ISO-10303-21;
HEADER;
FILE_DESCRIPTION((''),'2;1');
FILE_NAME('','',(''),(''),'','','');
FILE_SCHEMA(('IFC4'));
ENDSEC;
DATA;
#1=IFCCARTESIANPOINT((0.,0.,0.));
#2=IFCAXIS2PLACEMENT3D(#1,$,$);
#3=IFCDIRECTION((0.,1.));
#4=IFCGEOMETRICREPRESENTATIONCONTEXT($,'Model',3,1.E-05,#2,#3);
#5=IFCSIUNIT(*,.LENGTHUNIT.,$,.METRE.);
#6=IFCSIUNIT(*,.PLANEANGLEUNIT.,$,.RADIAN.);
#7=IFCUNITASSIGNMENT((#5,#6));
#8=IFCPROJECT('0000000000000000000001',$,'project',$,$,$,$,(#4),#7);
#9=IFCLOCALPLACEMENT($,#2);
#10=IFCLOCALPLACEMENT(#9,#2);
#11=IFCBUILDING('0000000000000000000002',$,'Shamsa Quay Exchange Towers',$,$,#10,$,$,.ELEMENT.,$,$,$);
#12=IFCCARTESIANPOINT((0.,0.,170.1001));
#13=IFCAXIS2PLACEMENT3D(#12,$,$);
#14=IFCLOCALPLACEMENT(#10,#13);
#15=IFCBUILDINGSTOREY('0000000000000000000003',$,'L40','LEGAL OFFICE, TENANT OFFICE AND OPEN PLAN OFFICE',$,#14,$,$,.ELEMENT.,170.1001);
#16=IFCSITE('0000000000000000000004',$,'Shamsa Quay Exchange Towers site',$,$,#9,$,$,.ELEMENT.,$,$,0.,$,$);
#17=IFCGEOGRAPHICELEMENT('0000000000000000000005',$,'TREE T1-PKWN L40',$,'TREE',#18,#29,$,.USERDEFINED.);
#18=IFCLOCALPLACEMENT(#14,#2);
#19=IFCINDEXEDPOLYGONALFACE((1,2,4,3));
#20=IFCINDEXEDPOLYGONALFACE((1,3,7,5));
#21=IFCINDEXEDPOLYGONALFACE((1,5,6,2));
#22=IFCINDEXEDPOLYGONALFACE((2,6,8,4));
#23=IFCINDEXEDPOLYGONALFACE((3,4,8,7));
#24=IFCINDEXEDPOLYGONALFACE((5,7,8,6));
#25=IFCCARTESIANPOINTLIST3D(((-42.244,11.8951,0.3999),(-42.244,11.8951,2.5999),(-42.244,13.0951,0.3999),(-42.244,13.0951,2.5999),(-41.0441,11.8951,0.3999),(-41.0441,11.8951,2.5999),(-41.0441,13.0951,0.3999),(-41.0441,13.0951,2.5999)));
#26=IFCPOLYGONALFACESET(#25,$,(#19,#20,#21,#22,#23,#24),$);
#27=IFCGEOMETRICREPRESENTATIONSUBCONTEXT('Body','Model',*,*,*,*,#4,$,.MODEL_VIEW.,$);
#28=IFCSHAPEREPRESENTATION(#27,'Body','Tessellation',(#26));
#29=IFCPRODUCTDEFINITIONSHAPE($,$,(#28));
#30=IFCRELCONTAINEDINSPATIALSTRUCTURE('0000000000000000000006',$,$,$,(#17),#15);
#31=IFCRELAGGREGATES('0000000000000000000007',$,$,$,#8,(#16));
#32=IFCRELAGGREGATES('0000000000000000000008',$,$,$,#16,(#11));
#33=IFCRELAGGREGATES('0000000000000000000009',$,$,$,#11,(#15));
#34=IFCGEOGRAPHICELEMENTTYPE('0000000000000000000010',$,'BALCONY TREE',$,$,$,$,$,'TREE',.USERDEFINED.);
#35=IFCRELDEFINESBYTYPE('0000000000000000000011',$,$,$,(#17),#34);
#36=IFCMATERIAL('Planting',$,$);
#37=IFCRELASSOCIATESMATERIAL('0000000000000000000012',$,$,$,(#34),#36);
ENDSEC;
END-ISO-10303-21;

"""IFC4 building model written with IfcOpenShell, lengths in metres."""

from ifc_helpers import new_model, si_unit, direction, frame, origin, origin_2d, place, context, subcontext, project, spatial, rectangle, extrude, material, type_object, element, save


model = new_model("IFC4")

# Units and contexts
model_context = context("Model", 3, precision=1e-05, world=origin(), true_north=direction((0.0, 1.0)))
body_context = subcontext(model_context, "Body", "Model", "MODEL_VIEW")
ifc_project = project(units=[si_unit("LENGTHUNIT", "METRE"), si_unit("PLANEANGLEUNIT", "RADIAN")], contexts=[model_context])

# Site, building, storey
site_placement = place(None, origin())
site = spatial("IfcSite", under=ifc_project, at=site_placement, Name="Shamsa Quay Exchange Towers site", CompositionType="ELEMENT", RefElevation=0.0)
building_placement = place(site_placement, origin())
building = spatial("IfcBuilding", under=site, at=building_placement, Name="Shamsa Quay Exchange Towers", CompositionType="ELEMENT")
storey_placement = place(building_placement, frame((0.0, 0.0, 170.1001)))
storey = spatial("IfcBuildingStorey", under=building, at=storey_placement, Name="L40", Description="LEGAL OFFICE, TENANT OFFICE AND OPEN PLAN OFFICE", CompositionType="ELEMENT", Elevation=170.1001)

# Geographic element
ifc_material_1 = material(Name="Planting")
geographic_element_type = type_object("IfcGeographicElementType", Name="BALCONY TREE", ElementType="TREE", PredefinedType="USERDEFINED", material=ifc_material_1)
geographic_element_placement = place(storey_placement, frame((-41.644, 12.4951, 0.3999), z_axis=(0.0, 0.0, 1.0), x_axis=(-1.0, 0.0, 0.0)))
element("IfcGeographicElement", 1, at=geographic_element_placement, inside=storey, type_object=geographic_element_type, Name="TREE T1-PKWN L40", ObjectType="TREE", PredefinedType="USERDEFINED", context=body_context, shape_type="SweptSolid", body=[
    extrude(rectangle(XDim=1.2, YDim=1.2, at=origin_2d()), origin(), (0.0, 0.0, 1.0), 2.2),
])

save(model, "model.ifc")
